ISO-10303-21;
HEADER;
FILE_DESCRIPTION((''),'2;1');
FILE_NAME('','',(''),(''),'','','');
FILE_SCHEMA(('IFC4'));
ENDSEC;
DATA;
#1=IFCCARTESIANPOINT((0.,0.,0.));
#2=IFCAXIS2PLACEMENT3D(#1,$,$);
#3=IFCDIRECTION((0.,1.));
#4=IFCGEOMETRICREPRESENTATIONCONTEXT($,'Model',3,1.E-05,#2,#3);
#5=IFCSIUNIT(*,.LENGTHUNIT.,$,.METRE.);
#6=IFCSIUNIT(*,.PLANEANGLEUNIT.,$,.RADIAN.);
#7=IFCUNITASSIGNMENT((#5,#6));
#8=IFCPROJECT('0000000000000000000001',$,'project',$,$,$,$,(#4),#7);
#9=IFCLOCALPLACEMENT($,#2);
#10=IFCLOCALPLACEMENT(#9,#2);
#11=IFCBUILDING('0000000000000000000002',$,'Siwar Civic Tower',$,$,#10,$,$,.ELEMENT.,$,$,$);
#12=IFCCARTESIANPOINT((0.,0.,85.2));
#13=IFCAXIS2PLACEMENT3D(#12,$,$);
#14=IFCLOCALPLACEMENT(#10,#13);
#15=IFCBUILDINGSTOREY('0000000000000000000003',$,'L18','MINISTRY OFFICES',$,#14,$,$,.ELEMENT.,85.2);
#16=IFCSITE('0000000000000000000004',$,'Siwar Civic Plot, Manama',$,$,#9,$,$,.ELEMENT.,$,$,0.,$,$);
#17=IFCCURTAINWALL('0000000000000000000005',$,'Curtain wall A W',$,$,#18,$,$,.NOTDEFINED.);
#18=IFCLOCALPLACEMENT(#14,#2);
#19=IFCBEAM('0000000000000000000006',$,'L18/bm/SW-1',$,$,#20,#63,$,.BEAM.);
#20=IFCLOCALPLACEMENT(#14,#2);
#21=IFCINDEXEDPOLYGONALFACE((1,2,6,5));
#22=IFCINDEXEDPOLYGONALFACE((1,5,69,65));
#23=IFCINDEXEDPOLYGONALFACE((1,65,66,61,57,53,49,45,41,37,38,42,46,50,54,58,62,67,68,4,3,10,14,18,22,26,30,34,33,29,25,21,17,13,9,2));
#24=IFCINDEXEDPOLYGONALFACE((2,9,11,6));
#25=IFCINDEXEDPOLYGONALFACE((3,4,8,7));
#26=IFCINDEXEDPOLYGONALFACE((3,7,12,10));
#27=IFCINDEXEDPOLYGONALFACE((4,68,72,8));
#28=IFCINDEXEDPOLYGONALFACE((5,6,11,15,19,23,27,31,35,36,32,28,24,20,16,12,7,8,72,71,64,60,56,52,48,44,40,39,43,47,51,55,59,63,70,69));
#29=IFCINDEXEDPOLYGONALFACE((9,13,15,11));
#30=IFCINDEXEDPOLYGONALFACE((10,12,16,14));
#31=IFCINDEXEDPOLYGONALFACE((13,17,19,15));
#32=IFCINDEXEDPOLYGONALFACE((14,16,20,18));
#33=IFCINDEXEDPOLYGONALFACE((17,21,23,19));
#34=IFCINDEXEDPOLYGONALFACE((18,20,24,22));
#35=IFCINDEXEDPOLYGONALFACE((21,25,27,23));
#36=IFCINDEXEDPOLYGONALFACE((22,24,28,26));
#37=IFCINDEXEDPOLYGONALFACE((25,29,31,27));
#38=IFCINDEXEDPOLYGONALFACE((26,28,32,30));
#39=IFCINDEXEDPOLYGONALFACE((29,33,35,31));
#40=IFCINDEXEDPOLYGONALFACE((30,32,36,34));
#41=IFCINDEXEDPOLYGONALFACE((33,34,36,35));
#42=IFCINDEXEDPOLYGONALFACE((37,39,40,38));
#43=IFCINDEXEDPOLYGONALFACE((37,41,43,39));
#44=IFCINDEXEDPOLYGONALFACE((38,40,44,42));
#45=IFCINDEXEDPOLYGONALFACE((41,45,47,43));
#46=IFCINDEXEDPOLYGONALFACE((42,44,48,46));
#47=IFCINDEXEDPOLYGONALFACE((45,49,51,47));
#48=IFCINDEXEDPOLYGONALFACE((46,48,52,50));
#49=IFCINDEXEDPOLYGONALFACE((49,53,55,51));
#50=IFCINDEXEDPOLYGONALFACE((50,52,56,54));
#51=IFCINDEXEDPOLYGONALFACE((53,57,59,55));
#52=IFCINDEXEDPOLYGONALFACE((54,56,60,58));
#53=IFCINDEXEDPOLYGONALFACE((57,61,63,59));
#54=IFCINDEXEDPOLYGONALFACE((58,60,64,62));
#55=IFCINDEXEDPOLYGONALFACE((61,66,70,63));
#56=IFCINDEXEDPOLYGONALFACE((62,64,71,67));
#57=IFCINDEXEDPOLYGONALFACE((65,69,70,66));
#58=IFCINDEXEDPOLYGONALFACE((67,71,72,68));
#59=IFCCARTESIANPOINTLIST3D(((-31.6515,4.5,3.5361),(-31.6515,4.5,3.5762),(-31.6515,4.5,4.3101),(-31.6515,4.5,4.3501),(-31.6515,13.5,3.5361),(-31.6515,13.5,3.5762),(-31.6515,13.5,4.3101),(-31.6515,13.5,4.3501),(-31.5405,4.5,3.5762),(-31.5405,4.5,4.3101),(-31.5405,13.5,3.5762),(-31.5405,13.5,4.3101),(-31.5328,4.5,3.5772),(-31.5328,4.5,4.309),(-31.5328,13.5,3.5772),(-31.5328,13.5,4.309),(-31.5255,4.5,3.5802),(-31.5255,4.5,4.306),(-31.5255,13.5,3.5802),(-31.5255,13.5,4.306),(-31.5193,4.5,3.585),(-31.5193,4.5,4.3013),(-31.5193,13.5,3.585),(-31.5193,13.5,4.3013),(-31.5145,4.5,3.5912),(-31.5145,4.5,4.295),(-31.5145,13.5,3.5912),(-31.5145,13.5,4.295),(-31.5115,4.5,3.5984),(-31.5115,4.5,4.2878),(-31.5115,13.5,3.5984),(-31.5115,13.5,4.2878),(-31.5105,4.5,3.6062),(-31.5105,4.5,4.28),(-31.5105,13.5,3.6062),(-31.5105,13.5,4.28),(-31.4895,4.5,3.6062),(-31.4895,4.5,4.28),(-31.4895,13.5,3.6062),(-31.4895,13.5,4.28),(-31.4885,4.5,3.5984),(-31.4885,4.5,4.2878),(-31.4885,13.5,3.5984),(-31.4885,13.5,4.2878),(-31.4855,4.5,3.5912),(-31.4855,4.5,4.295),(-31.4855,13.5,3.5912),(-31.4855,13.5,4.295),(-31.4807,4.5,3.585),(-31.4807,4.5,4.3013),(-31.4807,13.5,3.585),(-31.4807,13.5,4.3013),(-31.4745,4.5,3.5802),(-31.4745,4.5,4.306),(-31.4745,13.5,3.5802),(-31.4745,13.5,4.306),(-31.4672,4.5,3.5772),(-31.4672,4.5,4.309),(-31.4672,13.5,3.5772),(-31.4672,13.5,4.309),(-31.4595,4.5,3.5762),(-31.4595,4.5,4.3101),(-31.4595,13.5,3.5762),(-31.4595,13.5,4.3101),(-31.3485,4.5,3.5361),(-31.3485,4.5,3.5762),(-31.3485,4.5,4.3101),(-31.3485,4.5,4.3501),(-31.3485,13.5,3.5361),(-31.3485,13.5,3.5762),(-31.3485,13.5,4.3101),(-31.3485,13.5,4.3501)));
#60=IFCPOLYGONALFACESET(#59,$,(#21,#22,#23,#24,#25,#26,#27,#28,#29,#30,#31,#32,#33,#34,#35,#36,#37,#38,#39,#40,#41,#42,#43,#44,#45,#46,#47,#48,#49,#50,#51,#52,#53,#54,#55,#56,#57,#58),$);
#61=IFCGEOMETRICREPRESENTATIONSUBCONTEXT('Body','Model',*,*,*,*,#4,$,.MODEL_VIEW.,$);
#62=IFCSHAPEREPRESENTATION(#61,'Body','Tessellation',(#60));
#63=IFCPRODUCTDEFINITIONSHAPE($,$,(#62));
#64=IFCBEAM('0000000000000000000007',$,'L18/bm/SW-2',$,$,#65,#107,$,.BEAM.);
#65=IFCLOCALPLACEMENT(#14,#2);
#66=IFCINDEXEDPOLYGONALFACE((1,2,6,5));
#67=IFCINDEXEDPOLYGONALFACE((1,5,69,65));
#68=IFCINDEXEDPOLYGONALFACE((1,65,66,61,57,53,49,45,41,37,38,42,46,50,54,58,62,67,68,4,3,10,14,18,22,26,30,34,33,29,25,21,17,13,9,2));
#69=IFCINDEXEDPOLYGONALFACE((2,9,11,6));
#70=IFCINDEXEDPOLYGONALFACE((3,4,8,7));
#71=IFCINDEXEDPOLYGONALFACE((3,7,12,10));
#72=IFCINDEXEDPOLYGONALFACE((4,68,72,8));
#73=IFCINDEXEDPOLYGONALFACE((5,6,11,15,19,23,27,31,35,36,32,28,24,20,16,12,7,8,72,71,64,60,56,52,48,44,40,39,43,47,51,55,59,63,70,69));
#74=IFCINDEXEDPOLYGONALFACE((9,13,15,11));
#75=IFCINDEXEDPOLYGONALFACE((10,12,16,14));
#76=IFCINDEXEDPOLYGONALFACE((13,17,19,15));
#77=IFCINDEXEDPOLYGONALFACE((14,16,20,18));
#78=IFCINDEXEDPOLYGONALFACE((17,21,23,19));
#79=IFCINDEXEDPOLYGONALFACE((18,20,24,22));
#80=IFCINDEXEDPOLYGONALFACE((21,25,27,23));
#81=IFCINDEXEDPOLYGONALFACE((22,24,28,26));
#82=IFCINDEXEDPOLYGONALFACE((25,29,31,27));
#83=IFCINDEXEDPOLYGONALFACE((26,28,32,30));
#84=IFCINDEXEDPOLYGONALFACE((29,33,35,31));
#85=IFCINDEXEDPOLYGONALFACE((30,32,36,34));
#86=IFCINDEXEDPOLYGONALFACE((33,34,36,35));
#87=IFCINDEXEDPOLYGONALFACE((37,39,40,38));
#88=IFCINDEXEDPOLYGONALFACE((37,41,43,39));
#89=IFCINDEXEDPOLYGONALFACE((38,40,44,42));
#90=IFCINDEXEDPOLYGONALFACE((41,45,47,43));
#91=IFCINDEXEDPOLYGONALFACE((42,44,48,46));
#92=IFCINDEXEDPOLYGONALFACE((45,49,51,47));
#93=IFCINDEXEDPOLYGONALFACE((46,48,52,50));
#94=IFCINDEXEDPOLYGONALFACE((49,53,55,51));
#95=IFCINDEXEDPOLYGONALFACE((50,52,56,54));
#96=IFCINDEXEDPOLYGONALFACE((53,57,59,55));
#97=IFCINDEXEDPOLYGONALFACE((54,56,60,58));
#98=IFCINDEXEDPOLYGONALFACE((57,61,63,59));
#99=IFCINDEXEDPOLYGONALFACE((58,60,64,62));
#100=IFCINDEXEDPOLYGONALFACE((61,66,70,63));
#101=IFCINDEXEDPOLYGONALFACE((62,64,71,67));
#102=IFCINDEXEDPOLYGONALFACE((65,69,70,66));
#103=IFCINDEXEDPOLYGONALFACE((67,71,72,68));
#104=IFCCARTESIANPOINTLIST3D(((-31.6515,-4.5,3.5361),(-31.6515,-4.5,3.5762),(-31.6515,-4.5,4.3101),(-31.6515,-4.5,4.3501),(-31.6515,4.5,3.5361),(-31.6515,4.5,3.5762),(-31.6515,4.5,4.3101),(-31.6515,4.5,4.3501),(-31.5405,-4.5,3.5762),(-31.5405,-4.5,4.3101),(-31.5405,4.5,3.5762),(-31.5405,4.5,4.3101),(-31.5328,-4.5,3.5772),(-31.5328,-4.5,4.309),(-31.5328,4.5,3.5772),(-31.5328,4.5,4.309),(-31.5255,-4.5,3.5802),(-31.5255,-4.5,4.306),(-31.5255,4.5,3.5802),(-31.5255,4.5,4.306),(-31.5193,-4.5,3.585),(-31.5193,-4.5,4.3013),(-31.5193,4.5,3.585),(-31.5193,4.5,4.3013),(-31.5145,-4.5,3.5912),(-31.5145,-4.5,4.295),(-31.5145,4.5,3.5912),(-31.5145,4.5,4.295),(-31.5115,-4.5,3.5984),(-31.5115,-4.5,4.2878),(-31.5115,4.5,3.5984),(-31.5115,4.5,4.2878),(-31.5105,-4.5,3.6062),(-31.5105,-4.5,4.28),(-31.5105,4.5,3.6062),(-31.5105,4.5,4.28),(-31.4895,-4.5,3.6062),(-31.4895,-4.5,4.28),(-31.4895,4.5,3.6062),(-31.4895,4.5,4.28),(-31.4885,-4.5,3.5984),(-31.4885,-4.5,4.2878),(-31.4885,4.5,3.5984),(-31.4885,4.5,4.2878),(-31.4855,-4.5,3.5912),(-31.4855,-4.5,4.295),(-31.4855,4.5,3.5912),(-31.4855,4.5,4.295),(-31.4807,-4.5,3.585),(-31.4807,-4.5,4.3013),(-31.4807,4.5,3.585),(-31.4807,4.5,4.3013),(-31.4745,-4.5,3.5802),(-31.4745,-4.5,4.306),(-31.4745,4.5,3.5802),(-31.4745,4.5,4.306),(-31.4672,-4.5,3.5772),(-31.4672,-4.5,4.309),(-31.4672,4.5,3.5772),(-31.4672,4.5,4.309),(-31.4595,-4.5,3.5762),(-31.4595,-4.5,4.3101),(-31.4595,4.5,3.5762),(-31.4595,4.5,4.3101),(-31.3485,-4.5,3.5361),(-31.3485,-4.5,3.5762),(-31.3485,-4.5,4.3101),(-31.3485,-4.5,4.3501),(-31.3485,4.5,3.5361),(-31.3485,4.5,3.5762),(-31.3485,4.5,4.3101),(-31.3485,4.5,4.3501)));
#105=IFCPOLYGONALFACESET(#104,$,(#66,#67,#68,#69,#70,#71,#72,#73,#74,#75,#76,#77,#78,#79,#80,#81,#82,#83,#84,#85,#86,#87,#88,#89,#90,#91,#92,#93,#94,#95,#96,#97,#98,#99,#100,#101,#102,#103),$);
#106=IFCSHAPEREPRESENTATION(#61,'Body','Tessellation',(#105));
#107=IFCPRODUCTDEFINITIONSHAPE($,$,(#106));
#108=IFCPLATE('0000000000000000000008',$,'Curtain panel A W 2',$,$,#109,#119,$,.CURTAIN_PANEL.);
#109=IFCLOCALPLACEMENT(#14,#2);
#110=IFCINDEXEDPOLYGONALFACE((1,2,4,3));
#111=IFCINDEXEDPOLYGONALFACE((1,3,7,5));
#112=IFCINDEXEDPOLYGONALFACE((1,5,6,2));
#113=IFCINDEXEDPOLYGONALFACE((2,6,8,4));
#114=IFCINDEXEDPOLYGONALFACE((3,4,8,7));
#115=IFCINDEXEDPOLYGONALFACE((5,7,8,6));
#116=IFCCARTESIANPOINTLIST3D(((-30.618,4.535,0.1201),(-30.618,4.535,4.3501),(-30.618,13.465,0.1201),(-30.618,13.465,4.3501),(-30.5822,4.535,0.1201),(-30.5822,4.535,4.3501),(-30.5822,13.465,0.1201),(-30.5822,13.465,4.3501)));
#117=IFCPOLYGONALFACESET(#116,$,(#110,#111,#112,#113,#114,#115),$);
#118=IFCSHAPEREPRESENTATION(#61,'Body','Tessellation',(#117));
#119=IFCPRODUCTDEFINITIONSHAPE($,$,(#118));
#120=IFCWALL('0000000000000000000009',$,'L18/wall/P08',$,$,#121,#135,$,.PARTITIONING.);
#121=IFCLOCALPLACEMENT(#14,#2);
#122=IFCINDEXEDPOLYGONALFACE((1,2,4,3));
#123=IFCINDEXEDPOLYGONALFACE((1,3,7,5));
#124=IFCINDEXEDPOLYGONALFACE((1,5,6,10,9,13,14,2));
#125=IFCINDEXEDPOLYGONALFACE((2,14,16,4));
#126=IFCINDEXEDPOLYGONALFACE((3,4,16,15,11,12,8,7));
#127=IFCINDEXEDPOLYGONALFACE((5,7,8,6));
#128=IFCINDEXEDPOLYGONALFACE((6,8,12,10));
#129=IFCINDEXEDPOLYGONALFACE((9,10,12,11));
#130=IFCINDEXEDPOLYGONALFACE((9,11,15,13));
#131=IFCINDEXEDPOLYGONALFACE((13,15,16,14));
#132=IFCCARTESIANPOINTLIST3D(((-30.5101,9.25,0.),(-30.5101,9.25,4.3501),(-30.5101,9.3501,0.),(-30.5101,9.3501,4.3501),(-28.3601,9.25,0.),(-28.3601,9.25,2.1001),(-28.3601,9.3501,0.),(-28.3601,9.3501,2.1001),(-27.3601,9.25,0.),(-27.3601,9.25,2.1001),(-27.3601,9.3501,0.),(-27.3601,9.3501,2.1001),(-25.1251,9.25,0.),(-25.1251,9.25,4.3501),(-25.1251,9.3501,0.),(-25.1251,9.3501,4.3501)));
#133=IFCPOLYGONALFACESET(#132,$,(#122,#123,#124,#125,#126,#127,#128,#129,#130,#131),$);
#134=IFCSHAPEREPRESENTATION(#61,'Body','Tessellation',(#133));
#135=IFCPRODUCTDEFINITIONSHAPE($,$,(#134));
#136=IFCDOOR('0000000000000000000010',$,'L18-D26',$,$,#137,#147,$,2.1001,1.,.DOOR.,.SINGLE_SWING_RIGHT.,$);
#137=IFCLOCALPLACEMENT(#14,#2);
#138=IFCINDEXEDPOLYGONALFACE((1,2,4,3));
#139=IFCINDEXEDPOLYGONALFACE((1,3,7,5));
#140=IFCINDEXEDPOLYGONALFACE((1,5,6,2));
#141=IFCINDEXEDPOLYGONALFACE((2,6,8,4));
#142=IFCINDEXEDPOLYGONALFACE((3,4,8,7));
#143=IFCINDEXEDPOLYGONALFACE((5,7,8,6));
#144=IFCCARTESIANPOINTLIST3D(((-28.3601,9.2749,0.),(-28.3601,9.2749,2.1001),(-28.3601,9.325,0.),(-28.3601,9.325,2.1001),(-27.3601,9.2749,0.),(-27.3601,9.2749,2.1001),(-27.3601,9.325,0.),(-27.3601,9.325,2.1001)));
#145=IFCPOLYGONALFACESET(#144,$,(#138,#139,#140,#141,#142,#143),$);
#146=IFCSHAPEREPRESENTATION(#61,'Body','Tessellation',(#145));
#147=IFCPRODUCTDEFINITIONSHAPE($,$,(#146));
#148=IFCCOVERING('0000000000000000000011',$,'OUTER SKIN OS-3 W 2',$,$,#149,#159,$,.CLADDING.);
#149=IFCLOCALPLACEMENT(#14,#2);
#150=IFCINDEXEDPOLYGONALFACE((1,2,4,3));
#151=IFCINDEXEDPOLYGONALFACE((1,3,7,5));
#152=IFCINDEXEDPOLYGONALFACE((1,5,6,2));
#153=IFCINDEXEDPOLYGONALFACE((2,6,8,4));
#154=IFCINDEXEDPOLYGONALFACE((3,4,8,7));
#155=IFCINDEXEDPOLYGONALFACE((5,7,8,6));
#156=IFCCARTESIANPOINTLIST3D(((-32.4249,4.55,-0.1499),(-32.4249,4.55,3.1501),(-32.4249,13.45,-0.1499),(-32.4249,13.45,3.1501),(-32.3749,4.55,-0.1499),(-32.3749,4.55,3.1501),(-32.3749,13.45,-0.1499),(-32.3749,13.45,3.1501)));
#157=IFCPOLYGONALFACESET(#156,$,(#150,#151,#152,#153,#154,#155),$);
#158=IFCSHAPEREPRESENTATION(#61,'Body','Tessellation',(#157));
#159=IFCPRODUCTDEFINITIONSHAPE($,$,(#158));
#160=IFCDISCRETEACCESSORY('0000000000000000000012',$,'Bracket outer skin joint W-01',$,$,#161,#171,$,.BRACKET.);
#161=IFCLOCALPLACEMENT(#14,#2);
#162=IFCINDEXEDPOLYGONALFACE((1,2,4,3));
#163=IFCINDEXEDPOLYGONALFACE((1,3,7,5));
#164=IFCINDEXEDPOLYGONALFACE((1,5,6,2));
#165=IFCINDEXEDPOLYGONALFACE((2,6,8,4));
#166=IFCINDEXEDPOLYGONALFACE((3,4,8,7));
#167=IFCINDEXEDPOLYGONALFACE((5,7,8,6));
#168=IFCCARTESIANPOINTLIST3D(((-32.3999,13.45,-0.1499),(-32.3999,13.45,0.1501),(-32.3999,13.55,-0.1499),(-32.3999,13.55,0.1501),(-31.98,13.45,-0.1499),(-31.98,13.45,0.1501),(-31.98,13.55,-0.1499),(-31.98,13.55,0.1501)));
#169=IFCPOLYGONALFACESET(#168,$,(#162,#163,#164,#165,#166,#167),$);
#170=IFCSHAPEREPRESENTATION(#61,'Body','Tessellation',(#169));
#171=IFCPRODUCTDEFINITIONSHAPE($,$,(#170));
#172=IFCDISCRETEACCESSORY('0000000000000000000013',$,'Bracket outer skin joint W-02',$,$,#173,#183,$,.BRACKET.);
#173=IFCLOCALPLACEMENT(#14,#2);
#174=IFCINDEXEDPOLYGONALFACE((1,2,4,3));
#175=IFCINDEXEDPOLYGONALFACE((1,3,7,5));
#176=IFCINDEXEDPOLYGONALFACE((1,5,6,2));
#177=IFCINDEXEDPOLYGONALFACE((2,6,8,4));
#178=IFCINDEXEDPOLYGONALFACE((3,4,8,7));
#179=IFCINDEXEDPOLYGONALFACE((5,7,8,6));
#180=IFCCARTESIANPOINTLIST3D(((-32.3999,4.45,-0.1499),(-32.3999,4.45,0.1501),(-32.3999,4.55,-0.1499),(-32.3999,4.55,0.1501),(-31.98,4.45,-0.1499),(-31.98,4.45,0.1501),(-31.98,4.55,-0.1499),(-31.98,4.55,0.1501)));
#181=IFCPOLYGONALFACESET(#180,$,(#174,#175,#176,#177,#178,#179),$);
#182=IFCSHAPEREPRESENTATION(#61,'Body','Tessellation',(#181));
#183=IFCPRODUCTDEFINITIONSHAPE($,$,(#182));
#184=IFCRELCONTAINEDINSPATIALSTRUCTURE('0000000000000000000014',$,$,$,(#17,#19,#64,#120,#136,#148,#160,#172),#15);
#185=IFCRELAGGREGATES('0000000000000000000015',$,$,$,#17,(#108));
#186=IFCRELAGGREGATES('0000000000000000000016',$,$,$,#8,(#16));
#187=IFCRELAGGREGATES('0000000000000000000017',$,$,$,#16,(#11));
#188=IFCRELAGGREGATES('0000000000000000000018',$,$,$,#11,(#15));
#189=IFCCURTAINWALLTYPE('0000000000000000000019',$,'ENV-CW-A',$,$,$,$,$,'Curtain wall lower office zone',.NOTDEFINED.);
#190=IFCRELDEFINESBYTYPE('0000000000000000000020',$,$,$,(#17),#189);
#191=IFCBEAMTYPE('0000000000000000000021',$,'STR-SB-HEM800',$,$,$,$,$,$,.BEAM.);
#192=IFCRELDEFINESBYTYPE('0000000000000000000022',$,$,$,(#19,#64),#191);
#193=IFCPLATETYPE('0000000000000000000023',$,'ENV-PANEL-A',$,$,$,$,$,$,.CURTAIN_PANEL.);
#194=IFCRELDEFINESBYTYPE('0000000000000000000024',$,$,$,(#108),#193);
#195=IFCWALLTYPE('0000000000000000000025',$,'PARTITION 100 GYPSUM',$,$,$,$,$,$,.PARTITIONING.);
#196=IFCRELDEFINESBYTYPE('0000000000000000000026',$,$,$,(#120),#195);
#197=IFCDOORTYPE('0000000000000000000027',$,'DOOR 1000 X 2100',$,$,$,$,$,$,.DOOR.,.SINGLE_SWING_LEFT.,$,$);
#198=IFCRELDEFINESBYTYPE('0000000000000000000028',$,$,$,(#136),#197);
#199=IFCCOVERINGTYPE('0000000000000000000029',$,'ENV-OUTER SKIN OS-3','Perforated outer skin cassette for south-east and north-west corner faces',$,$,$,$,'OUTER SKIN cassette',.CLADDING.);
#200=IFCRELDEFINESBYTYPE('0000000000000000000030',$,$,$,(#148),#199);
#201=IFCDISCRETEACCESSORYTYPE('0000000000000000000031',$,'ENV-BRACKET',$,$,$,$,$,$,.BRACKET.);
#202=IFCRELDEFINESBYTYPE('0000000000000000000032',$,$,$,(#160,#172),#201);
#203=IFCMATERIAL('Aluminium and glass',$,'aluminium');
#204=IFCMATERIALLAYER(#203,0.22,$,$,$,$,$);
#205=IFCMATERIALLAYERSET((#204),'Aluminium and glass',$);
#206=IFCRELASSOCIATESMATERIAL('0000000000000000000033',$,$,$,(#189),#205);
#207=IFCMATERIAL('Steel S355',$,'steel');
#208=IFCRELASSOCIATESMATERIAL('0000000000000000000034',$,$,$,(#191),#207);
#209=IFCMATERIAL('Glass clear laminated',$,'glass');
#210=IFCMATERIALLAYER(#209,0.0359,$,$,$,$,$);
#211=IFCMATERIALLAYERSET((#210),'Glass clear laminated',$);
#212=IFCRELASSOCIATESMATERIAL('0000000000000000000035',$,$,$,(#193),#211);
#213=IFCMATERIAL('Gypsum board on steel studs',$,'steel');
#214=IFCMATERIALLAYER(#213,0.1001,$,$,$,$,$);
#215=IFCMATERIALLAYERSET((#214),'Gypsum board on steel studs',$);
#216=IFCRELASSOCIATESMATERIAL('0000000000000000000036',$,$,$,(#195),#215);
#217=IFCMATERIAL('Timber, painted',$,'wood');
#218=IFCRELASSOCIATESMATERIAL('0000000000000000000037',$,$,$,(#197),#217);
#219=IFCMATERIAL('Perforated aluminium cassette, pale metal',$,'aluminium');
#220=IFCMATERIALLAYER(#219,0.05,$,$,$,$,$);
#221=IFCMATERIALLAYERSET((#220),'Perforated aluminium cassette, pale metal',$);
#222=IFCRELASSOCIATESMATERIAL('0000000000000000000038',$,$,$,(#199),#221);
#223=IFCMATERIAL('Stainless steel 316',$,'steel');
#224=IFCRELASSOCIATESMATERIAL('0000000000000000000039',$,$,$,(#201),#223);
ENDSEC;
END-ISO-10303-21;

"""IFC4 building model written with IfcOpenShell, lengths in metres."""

from ifc_helpers import new_model, si_unit, direction, frame, frame_2d, origin, origin_2d, place, context, subcontext, project, spatial, rectangle, i_section, extrude, material, layer, layer_set, material_profile, profile_set, type_object, element, fill, aggregate, save


model = new_model("IFC4")

# Units and contexts
model_context = context("Model", 3, precision=1e-05, world=origin(), true_north=direction((0.0, 1.0)))
body_context = subcontext(model_context, "Body", "Model", "MODEL_VIEW")
ifc_project = project(units=[si_unit("LENGTHUNIT", "METRE"), si_unit("PLANEANGLEUNIT", "RADIAN")], contexts=[model_context])

# Site, building, storey
site_placement = place(None, origin())
site = spatial("IfcSite", under=ifc_project, at=site_placement, Name="Siwar Civic Plot, Manama", CompositionType="ELEMENT", RefElevation=0.0)
building_placement = place(site_placement, origin())
building = spatial("IfcBuilding", under=site, at=building_placement, Name="Siwar Civic Tower", CompositionType="ELEMENT")
storey_placement = place(building_placement, frame((0.0, 0.0, 85.2)))
storey = spatial("IfcBuildingStorey", under=building, at=storey_placement, Name="L18", Description="MINISTRY OFFICES", CompositionType="ELEMENT", Elevation=85.2)

# Curtain wall
ifc_material_1 = material(Name="Aluminium and glass", Category="aluminium")
ifc_layer_1 = layer(ifc_material_1, 0.22)
ifc_layer_set_1 = layer_set([ifc_layer_1], Name="Aluminium and glass")
curtain_wall_type = type_object("IfcCurtainWallType", Name="ENV-CW-A", ElementType="Curtain wall lower office zone", PredefinedType="NOTDEFINED", material=ifc_layer_set_1)
curtain_wall_placement = place(storey_placement, origin())
curtain_wall = element("IfcCurtainWall", 1, at=curtain_wall_placement, inside=storey, type_object=curtain_wall_type, Name="Curtain wall A W", PredefinedType="NOTDEFINED")

# Beams
ifc_material_2 = material(Name="Steel S355", Category="steel")
ifc_material_profile_1 = material_profile(ifc_material_2, i_section(OverallWidth=0.303, OverallDepth=0.814, WebThickness=0.021, FlangeThickness=0.04, FilletRadius=0.03, at=origin_2d()), Name="HEM800")
ifc_profile_set_1 = profile_set([ifc_material_profile_1], Name="Steel S355")
beam_type_1 = type_object("IfcBeamType", Name="STR-SB-HEM800", PredefinedType="BEAM", material=ifc_profile_set_1)
for number, where, z_axis, x_axis, name in (
    (2, (-31.5, 13.5, 3.9431), (0.0, -1.0, 0.0), (1.0, 0.0, 0.0), "L18/bm/SW-1"),
    (3, (-31.5, 4.5, 3.9431), (0.0, -1.0, 0.0), (1.0, 0.0, 0.0), "L18/bm/SW-2"),
):
    element("IfcBeam", number, at=place(storey_placement, frame(where, z_axis=z_axis, x_axis=x_axis)), inside=storey, type_object=beam_type_1, Name=name, PredefinedType="BEAM", context=body_context, shape_type="SweptSolid", body=[
        extrude(i_section(OverallWidth=0.303, OverallDepth=0.814, WebThickness=0.021, FlangeThickness=0.04, FilletRadius=0.03, at=origin_2d()), origin(), (0.0, 0.0, 1.0), 9.0),
    ])

# Plate
ifc_material_3 = material(Name="Glass clear laminated", Category="glass")
ifc_layer_2 = layer(ifc_material_3, 0.0359)
ifc_layer_set_2 = layer_set([ifc_layer_2], Name="Glass clear laminated")
plate_type = type_object("IfcPlateType", Name="ENV-PANEL-A", PredefinedType="CURTAIN_PANEL", material=ifc_layer_set_2)
plate_placement = place(storey_placement, frame((-30.6001, 9.0, 0.1201), z_axis=(0.0, 0.0, 1.0), x_axis=(0.0, -1.0, 0.0)))
plate = element("IfcPlate", 4, at=plate_placement, type_object=plate_type, Name="Curtain panel A W 2", PredefinedType="CURTAIN_PANEL", context=body_context, shape_type="SweptSolid", body=[
    extrude(rectangle(XDim=8.9299, YDim=0.0359, at=origin_2d()), origin(), (0.0, 0.0, 1.0), 4.23),
])
aggregate(curtain_wall, [plate])

# Wall, opening, door
ifc_material_4 = material(Name="Gypsum board on steel studs", Category="steel")
ifc_layer_3 = layer(ifc_material_4, 0.1001)
ifc_layer_set_3 = layer_set([ifc_layer_3], Name="Gypsum board on steel studs")
wall_type = type_object("IfcWallType", Name="PARTITION 100 GYPSUM", PredefinedType="PARTITIONING", material=ifc_layer_set_3)
wall_placement = place(storey_placement, frame((-30.51, 9.3, 0.0), z_axis=(0.0, 0.0, 1.0), x_axis=(1.0, 0.0, 0.0)))
wall = element("IfcWall", 5, at=wall_placement, inside=storey, type_object=wall_type, Name="L18/wall/P08", PredefinedType="PARTITIONING", context=body_context, shape_type="SweptSolid", body=[
    extrude(rectangle(XDim=5.385, YDim=0.1001, at=frame_2d((2.6924, 0.0))), origin(), (0.0, 0.0, 1.0), 4.3501),
])
opening_placement = place(wall_placement, frame((2.1499, 0.0, 0.0)))
opening = element("IfcOpeningElement", 6, at=opening_placement, cuts=wall, PredefinedType="OPENING", context=body_context, shape_type="SweptSolid", body=[
    extrude(rectangle(XDim=1.0, YDim=2.1001, at=frame_2d((0.5, 1.05))), frame((0.0, 0.0601, 0.0), z_axis=(0.0, -1.0, 0.0), x_axis=(1.0, 0.0, 0.0)), (0.0, 0.0, 1.0), 0.1201),
])
ifc_material_5 = material(Name="Timber, painted", Category="wood")
door_type = type_object("IfcDoorType", Name="DOOR 1000 X 2100", OperationType="SINGLE_SWING_LEFT", PredefinedType="DOOR", material=ifc_material_5)
door_placement = place(opening_placement, origin())
door = element("IfcDoor", 7, at=door_placement, inside=storey, type_object=door_type, Name="L18-D26", OperationType="SINGLE_SWING_RIGHT", OverallHeight=2.1001, OverallWidth=1.0, PredefinedType="DOOR", context=body_context, shape_type="SweptSolid", body=[
    extrude(rectangle(XDim=1.0, YDim=2.1001, at=frame_2d((0.5, 1.05))), frame((0.0, 0.0249, 0.0), z_axis=(0.0, -1.0, 0.0), x_axis=(1.0, 0.0, 0.0)), (0.0, 0.0, 1.0), 0.05),
])
fill(opening, door)

# Covering
ifc_material_6 = material(Name="Perforated aluminium cassette, pale metal", Category="aluminium")
ifc_layer_4 = layer(ifc_material_6, 0.05)
ifc_layer_set_4 = layer_set([ifc_layer_4], Name="Perforated aluminium cassette, pale metal")
covering_type = type_object("IfcCoveringType", Name="ENV-OUTER SKIN OS-3", Description="Perforated outer skin cassette for south-east and north-west corner faces", ElementType="OUTER SKIN cassette", PredefinedType="CLADDING", material=ifc_layer_set_4)
covering_placement = place(storey_placement, frame((-32.3999, 9.0, -0.1499), z_axis=(0.0, 0.0, 1.0), x_axis=(0.0, -1.0, 0.0)))
element("IfcCovering", 8, at=covering_placement, inside=storey, type_object=covering_type, Name="OUTER SKIN OS-3 W 2", PredefinedType="CLADDING", context=body_context, shape_type="SweptSolid", body=[
    extrude(rectangle(XDim=8.8999, YDim=0.05, at=origin_2d()), origin(), (0.0, 0.0, 1.0), 3.3),
])

# Discrete accessories
ifc_material_7 = material(Name="Stainless steel 316", Category="steel")
discrete_accessory_type = type_object("IfcDiscreteAccessoryType", Name="ENV-BRACKET", PredefinedType="BRACKET", material=ifc_material_7)
for number, where, z_axis, x_axis, name in (
    (9, (-32.1899, 13.5, -0.1499), (0.0, 0.0, 1.0), (-1.0, 0.0, 0.0), "Bracket outer skin joint W-01"),
    (10, (-32.1899, 4.5, -0.1499), (0.0, 0.0, 1.0), (-1.0, 0.0, 0.0), "Bracket outer skin joint W-02"),
):
    element("IfcDiscreteAccessory", number, at=place(storey_placement, frame(where, z_axis=z_axis, x_axis=x_axis)), inside=storey, type_object=discrete_accessory_type, Name=name, PredefinedType="BRACKET", context=body_context, shape_type="SweptSolid", body=[
        extrude(rectangle(XDim=0.4199, YDim=0.1001, at=origin_2d()), origin(), (0.0, 0.0, 1.0), 0.3),
    ])

save(model, "model.ifc")
